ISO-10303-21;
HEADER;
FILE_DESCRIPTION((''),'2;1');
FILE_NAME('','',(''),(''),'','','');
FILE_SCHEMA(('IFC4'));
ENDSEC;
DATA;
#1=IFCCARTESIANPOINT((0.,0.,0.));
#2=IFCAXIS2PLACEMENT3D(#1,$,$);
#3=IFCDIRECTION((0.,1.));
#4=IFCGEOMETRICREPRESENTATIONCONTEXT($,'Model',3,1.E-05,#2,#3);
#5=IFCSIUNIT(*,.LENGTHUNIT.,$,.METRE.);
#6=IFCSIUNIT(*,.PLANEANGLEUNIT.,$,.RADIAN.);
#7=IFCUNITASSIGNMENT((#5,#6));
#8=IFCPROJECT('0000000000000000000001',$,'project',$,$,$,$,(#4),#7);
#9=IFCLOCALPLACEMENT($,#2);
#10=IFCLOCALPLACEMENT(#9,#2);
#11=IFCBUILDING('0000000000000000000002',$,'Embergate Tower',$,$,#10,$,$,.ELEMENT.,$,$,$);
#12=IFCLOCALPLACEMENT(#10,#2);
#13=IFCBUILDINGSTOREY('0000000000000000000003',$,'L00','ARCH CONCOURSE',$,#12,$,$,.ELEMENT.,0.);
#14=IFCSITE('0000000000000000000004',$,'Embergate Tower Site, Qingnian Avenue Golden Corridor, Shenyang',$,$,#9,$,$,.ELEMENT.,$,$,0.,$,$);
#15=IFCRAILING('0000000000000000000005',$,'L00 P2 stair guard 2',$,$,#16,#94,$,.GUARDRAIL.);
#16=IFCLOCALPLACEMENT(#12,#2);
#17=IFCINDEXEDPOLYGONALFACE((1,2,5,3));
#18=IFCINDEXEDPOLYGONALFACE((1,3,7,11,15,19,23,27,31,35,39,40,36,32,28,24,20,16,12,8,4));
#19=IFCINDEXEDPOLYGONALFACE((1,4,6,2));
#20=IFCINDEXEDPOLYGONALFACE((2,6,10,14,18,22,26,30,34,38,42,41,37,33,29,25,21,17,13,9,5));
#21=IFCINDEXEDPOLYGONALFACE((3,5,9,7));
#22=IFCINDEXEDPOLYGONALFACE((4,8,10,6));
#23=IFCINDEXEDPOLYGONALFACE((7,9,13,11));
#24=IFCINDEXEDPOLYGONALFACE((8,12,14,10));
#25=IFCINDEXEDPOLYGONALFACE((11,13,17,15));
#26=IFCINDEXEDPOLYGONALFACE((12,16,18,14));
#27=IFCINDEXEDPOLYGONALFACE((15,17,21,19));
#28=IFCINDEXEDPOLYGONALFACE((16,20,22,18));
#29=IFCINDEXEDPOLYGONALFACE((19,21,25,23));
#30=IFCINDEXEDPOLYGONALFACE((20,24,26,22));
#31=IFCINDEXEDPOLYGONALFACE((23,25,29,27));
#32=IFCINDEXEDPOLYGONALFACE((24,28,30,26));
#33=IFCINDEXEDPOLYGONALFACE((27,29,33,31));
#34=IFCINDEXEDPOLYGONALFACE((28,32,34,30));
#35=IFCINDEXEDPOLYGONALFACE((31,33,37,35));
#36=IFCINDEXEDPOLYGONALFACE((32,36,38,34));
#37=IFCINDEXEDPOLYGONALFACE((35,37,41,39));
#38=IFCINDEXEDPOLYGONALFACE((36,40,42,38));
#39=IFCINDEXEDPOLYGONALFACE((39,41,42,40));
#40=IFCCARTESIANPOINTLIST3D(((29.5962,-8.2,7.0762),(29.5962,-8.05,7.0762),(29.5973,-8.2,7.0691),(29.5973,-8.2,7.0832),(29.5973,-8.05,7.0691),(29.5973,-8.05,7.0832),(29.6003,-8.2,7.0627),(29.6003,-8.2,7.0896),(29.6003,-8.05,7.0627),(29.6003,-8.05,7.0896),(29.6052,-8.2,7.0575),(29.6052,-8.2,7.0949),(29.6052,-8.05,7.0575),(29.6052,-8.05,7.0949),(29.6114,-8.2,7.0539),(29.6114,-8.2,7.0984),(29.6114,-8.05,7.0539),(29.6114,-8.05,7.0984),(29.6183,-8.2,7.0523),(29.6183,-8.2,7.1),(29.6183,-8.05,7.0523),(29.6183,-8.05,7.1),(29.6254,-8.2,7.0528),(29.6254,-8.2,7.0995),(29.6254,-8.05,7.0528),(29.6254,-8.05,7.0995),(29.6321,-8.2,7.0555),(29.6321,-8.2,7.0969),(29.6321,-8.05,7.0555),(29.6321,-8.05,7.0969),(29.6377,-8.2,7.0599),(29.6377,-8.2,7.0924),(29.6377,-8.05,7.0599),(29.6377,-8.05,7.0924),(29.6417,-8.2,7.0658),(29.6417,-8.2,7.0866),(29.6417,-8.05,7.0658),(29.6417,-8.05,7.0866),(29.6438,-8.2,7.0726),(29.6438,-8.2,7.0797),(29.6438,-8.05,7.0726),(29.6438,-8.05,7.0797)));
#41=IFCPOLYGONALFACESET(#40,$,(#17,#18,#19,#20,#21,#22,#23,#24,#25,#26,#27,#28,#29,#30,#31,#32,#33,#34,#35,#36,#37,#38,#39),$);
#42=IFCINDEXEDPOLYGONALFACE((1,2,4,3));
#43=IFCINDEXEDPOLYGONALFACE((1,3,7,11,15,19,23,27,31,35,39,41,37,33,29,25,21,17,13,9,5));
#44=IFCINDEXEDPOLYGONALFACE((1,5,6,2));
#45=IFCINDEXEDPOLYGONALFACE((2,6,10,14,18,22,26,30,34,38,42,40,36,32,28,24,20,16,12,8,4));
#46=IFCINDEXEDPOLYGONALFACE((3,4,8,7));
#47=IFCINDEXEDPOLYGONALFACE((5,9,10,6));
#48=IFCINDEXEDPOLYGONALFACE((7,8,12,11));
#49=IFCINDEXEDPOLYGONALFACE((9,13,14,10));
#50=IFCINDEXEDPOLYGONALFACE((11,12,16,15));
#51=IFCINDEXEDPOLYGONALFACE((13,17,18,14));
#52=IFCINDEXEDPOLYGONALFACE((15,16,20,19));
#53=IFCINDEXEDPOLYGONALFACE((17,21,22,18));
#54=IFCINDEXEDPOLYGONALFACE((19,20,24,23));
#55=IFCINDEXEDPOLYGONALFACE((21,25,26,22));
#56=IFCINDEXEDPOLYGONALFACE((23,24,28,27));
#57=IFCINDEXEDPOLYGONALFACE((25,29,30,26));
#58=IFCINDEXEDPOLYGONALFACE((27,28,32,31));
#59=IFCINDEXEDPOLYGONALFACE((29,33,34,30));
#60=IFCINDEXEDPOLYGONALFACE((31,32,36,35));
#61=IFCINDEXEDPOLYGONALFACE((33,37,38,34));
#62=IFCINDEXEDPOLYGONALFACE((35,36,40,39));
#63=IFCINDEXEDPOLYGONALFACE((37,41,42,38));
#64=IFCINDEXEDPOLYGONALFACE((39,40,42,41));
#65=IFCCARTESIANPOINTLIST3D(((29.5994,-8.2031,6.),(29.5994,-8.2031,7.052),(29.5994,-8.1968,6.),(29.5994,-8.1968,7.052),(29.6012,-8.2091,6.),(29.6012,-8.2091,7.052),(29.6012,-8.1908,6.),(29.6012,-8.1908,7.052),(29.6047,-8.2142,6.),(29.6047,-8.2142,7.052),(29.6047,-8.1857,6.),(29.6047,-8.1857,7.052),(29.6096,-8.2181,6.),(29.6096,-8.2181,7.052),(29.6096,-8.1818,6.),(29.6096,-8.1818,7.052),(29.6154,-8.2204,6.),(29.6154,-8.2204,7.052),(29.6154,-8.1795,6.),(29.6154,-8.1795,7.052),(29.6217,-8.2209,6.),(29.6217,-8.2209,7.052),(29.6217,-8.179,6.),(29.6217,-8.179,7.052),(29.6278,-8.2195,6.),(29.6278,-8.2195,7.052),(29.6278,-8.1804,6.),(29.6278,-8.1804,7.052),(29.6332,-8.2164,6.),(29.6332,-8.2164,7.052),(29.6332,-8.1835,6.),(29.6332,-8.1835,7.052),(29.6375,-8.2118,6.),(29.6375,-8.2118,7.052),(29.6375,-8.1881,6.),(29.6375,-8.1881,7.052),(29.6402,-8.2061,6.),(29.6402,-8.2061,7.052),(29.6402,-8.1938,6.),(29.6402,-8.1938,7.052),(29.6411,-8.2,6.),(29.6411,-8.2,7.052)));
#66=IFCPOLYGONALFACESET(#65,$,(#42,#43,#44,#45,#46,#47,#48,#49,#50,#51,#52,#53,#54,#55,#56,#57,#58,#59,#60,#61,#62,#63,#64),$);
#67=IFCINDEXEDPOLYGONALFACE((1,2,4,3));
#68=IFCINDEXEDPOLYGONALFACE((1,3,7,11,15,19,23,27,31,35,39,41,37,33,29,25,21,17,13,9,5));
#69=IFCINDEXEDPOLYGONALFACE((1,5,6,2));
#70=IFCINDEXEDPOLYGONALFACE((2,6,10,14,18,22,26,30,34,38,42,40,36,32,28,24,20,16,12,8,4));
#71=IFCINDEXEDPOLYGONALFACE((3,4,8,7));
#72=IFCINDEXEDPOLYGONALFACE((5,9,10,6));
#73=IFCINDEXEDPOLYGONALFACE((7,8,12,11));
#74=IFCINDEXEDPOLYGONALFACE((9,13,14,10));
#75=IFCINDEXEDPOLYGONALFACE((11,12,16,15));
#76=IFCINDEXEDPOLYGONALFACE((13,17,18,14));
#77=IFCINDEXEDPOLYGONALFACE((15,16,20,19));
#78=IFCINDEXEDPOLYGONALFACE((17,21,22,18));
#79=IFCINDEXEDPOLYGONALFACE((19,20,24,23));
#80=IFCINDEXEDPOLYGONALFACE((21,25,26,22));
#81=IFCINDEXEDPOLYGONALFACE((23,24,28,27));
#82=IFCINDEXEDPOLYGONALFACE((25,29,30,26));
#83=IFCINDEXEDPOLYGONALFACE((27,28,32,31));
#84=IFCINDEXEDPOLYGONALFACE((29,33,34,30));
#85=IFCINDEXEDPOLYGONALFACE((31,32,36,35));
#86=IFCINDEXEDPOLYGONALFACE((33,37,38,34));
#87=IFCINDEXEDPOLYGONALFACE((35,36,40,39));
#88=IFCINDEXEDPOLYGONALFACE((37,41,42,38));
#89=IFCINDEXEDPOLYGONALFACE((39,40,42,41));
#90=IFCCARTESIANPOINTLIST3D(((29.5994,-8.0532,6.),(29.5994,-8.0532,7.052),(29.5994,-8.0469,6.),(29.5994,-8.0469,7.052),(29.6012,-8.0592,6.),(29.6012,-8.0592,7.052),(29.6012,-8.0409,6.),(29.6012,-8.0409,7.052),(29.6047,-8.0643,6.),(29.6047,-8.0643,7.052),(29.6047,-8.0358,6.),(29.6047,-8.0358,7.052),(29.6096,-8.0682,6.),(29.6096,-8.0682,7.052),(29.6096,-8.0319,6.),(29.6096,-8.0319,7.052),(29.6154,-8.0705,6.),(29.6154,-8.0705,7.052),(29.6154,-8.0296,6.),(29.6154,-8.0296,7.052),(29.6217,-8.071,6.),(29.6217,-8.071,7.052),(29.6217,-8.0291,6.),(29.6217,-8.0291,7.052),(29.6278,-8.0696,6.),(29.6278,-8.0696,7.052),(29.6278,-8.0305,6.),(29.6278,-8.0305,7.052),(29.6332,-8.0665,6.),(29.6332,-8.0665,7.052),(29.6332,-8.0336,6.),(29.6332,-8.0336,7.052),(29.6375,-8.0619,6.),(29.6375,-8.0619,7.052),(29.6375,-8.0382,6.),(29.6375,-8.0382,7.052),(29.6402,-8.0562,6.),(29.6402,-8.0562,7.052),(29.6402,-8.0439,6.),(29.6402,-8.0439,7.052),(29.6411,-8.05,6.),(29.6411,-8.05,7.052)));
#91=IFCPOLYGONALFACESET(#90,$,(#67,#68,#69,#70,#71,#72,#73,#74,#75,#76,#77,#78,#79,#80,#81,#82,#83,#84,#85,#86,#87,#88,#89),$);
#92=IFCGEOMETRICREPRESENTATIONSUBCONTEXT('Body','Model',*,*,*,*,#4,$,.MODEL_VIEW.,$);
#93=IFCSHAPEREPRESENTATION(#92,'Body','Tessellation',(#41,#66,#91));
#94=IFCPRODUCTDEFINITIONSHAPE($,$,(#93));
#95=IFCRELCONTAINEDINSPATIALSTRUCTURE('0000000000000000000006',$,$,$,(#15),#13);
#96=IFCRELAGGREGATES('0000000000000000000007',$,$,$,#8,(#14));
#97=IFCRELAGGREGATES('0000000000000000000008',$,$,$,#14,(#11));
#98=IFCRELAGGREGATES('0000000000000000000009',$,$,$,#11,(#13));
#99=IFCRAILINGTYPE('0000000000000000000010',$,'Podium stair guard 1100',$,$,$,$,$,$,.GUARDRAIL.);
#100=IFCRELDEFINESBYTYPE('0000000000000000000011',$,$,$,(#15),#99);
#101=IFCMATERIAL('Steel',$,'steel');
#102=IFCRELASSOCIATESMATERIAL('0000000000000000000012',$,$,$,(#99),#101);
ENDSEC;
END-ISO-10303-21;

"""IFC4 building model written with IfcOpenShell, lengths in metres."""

from ifc_helpers import new_model, si_unit, direction, frame, origin, origin_2d, place, context, subcontext, project, spatial, circle, extrude, source, transform, mapped, material, type_object, element, save


model = new_model("IFC4")

# Units and contexts
model_context = context("Model", 3, precision=1e-05, world=origin(), true_north=direction((0.0, 1.0)))
body_context = subcontext(model_context, "Body", "Model", "MODEL_VIEW")
ifc_project = project(units=[si_unit("LENGTHUNIT", "METRE"), si_unit("PLANEANGLEUNIT", "RADIAN")], contexts=[model_context])

# Site, building, storey
site_placement = place(None, origin())
site = spatial("IfcSite", under=ifc_project, at=site_placement, Name="Embergate Tower Site, Qingnian Avenue Golden Corridor, Shenyang", CompositionType="ELEMENT", RefElevation=0.0)
building_placement = place(site_placement, origin())
building = spatial("IfcBuilding", under=site, at=building_placement, Name="Embergate Tower", CompositionType="ELEMENT")
storey_placement = place(building_placement, origin())
storey = spatial("IfcBuildingStorey", under=building, at=storey_placement, Name="L00", Description="ARCH CONCOURSE", CompositionType="ELEMENT", Elevation=0.0)

# Railing
ifc_material_1 = material(Name="Steel", Category="steel")
railing_type_1 = type_object("IfcRailingType", Name="Podium stair guard 1100", PredefinedType="GUARDRAIL", material=ifc_material_1)
shared_shape_1 = source(origin(), body_context, "Body", "SweptSolid", [
    extrude(circle(Radius=0.0239, at=origin_2d()), frame((0.0, 0.0, 1.0762), z_axis=(0.0, 1.0, 0.0), x_axis=(-1.0, 0.0, 0.0)), (0.0, 0.0, 1.0), 0.1499),
    extrude(circle(Radius=0.021, at=origin_2d()), origin(), (0.0, 0.0, 1.0), 1.052),
    extrude(circle(Radius=0.021, at=origin_2d()), frame((0.0, 0.1499, 0.0)), (0.0, 0.0, 1.0), 1.052),
])
railing_1_placement = place(storey_placement, frame((29.6201, -8.2, 6.0)))
element("IfcRailing", 1, at=railing_1_placement, inside=storey, type_object=railing_type_1, Name="L00 P2 stair guard 2", PredefinedType="GUARDRAIL", context=body_context, shape_type="MappedRepresentation", body=[
    mapped(shared_shape_1, transform((0.0, 0.0, 0.0))),
])

save(model, "model.ifc")
